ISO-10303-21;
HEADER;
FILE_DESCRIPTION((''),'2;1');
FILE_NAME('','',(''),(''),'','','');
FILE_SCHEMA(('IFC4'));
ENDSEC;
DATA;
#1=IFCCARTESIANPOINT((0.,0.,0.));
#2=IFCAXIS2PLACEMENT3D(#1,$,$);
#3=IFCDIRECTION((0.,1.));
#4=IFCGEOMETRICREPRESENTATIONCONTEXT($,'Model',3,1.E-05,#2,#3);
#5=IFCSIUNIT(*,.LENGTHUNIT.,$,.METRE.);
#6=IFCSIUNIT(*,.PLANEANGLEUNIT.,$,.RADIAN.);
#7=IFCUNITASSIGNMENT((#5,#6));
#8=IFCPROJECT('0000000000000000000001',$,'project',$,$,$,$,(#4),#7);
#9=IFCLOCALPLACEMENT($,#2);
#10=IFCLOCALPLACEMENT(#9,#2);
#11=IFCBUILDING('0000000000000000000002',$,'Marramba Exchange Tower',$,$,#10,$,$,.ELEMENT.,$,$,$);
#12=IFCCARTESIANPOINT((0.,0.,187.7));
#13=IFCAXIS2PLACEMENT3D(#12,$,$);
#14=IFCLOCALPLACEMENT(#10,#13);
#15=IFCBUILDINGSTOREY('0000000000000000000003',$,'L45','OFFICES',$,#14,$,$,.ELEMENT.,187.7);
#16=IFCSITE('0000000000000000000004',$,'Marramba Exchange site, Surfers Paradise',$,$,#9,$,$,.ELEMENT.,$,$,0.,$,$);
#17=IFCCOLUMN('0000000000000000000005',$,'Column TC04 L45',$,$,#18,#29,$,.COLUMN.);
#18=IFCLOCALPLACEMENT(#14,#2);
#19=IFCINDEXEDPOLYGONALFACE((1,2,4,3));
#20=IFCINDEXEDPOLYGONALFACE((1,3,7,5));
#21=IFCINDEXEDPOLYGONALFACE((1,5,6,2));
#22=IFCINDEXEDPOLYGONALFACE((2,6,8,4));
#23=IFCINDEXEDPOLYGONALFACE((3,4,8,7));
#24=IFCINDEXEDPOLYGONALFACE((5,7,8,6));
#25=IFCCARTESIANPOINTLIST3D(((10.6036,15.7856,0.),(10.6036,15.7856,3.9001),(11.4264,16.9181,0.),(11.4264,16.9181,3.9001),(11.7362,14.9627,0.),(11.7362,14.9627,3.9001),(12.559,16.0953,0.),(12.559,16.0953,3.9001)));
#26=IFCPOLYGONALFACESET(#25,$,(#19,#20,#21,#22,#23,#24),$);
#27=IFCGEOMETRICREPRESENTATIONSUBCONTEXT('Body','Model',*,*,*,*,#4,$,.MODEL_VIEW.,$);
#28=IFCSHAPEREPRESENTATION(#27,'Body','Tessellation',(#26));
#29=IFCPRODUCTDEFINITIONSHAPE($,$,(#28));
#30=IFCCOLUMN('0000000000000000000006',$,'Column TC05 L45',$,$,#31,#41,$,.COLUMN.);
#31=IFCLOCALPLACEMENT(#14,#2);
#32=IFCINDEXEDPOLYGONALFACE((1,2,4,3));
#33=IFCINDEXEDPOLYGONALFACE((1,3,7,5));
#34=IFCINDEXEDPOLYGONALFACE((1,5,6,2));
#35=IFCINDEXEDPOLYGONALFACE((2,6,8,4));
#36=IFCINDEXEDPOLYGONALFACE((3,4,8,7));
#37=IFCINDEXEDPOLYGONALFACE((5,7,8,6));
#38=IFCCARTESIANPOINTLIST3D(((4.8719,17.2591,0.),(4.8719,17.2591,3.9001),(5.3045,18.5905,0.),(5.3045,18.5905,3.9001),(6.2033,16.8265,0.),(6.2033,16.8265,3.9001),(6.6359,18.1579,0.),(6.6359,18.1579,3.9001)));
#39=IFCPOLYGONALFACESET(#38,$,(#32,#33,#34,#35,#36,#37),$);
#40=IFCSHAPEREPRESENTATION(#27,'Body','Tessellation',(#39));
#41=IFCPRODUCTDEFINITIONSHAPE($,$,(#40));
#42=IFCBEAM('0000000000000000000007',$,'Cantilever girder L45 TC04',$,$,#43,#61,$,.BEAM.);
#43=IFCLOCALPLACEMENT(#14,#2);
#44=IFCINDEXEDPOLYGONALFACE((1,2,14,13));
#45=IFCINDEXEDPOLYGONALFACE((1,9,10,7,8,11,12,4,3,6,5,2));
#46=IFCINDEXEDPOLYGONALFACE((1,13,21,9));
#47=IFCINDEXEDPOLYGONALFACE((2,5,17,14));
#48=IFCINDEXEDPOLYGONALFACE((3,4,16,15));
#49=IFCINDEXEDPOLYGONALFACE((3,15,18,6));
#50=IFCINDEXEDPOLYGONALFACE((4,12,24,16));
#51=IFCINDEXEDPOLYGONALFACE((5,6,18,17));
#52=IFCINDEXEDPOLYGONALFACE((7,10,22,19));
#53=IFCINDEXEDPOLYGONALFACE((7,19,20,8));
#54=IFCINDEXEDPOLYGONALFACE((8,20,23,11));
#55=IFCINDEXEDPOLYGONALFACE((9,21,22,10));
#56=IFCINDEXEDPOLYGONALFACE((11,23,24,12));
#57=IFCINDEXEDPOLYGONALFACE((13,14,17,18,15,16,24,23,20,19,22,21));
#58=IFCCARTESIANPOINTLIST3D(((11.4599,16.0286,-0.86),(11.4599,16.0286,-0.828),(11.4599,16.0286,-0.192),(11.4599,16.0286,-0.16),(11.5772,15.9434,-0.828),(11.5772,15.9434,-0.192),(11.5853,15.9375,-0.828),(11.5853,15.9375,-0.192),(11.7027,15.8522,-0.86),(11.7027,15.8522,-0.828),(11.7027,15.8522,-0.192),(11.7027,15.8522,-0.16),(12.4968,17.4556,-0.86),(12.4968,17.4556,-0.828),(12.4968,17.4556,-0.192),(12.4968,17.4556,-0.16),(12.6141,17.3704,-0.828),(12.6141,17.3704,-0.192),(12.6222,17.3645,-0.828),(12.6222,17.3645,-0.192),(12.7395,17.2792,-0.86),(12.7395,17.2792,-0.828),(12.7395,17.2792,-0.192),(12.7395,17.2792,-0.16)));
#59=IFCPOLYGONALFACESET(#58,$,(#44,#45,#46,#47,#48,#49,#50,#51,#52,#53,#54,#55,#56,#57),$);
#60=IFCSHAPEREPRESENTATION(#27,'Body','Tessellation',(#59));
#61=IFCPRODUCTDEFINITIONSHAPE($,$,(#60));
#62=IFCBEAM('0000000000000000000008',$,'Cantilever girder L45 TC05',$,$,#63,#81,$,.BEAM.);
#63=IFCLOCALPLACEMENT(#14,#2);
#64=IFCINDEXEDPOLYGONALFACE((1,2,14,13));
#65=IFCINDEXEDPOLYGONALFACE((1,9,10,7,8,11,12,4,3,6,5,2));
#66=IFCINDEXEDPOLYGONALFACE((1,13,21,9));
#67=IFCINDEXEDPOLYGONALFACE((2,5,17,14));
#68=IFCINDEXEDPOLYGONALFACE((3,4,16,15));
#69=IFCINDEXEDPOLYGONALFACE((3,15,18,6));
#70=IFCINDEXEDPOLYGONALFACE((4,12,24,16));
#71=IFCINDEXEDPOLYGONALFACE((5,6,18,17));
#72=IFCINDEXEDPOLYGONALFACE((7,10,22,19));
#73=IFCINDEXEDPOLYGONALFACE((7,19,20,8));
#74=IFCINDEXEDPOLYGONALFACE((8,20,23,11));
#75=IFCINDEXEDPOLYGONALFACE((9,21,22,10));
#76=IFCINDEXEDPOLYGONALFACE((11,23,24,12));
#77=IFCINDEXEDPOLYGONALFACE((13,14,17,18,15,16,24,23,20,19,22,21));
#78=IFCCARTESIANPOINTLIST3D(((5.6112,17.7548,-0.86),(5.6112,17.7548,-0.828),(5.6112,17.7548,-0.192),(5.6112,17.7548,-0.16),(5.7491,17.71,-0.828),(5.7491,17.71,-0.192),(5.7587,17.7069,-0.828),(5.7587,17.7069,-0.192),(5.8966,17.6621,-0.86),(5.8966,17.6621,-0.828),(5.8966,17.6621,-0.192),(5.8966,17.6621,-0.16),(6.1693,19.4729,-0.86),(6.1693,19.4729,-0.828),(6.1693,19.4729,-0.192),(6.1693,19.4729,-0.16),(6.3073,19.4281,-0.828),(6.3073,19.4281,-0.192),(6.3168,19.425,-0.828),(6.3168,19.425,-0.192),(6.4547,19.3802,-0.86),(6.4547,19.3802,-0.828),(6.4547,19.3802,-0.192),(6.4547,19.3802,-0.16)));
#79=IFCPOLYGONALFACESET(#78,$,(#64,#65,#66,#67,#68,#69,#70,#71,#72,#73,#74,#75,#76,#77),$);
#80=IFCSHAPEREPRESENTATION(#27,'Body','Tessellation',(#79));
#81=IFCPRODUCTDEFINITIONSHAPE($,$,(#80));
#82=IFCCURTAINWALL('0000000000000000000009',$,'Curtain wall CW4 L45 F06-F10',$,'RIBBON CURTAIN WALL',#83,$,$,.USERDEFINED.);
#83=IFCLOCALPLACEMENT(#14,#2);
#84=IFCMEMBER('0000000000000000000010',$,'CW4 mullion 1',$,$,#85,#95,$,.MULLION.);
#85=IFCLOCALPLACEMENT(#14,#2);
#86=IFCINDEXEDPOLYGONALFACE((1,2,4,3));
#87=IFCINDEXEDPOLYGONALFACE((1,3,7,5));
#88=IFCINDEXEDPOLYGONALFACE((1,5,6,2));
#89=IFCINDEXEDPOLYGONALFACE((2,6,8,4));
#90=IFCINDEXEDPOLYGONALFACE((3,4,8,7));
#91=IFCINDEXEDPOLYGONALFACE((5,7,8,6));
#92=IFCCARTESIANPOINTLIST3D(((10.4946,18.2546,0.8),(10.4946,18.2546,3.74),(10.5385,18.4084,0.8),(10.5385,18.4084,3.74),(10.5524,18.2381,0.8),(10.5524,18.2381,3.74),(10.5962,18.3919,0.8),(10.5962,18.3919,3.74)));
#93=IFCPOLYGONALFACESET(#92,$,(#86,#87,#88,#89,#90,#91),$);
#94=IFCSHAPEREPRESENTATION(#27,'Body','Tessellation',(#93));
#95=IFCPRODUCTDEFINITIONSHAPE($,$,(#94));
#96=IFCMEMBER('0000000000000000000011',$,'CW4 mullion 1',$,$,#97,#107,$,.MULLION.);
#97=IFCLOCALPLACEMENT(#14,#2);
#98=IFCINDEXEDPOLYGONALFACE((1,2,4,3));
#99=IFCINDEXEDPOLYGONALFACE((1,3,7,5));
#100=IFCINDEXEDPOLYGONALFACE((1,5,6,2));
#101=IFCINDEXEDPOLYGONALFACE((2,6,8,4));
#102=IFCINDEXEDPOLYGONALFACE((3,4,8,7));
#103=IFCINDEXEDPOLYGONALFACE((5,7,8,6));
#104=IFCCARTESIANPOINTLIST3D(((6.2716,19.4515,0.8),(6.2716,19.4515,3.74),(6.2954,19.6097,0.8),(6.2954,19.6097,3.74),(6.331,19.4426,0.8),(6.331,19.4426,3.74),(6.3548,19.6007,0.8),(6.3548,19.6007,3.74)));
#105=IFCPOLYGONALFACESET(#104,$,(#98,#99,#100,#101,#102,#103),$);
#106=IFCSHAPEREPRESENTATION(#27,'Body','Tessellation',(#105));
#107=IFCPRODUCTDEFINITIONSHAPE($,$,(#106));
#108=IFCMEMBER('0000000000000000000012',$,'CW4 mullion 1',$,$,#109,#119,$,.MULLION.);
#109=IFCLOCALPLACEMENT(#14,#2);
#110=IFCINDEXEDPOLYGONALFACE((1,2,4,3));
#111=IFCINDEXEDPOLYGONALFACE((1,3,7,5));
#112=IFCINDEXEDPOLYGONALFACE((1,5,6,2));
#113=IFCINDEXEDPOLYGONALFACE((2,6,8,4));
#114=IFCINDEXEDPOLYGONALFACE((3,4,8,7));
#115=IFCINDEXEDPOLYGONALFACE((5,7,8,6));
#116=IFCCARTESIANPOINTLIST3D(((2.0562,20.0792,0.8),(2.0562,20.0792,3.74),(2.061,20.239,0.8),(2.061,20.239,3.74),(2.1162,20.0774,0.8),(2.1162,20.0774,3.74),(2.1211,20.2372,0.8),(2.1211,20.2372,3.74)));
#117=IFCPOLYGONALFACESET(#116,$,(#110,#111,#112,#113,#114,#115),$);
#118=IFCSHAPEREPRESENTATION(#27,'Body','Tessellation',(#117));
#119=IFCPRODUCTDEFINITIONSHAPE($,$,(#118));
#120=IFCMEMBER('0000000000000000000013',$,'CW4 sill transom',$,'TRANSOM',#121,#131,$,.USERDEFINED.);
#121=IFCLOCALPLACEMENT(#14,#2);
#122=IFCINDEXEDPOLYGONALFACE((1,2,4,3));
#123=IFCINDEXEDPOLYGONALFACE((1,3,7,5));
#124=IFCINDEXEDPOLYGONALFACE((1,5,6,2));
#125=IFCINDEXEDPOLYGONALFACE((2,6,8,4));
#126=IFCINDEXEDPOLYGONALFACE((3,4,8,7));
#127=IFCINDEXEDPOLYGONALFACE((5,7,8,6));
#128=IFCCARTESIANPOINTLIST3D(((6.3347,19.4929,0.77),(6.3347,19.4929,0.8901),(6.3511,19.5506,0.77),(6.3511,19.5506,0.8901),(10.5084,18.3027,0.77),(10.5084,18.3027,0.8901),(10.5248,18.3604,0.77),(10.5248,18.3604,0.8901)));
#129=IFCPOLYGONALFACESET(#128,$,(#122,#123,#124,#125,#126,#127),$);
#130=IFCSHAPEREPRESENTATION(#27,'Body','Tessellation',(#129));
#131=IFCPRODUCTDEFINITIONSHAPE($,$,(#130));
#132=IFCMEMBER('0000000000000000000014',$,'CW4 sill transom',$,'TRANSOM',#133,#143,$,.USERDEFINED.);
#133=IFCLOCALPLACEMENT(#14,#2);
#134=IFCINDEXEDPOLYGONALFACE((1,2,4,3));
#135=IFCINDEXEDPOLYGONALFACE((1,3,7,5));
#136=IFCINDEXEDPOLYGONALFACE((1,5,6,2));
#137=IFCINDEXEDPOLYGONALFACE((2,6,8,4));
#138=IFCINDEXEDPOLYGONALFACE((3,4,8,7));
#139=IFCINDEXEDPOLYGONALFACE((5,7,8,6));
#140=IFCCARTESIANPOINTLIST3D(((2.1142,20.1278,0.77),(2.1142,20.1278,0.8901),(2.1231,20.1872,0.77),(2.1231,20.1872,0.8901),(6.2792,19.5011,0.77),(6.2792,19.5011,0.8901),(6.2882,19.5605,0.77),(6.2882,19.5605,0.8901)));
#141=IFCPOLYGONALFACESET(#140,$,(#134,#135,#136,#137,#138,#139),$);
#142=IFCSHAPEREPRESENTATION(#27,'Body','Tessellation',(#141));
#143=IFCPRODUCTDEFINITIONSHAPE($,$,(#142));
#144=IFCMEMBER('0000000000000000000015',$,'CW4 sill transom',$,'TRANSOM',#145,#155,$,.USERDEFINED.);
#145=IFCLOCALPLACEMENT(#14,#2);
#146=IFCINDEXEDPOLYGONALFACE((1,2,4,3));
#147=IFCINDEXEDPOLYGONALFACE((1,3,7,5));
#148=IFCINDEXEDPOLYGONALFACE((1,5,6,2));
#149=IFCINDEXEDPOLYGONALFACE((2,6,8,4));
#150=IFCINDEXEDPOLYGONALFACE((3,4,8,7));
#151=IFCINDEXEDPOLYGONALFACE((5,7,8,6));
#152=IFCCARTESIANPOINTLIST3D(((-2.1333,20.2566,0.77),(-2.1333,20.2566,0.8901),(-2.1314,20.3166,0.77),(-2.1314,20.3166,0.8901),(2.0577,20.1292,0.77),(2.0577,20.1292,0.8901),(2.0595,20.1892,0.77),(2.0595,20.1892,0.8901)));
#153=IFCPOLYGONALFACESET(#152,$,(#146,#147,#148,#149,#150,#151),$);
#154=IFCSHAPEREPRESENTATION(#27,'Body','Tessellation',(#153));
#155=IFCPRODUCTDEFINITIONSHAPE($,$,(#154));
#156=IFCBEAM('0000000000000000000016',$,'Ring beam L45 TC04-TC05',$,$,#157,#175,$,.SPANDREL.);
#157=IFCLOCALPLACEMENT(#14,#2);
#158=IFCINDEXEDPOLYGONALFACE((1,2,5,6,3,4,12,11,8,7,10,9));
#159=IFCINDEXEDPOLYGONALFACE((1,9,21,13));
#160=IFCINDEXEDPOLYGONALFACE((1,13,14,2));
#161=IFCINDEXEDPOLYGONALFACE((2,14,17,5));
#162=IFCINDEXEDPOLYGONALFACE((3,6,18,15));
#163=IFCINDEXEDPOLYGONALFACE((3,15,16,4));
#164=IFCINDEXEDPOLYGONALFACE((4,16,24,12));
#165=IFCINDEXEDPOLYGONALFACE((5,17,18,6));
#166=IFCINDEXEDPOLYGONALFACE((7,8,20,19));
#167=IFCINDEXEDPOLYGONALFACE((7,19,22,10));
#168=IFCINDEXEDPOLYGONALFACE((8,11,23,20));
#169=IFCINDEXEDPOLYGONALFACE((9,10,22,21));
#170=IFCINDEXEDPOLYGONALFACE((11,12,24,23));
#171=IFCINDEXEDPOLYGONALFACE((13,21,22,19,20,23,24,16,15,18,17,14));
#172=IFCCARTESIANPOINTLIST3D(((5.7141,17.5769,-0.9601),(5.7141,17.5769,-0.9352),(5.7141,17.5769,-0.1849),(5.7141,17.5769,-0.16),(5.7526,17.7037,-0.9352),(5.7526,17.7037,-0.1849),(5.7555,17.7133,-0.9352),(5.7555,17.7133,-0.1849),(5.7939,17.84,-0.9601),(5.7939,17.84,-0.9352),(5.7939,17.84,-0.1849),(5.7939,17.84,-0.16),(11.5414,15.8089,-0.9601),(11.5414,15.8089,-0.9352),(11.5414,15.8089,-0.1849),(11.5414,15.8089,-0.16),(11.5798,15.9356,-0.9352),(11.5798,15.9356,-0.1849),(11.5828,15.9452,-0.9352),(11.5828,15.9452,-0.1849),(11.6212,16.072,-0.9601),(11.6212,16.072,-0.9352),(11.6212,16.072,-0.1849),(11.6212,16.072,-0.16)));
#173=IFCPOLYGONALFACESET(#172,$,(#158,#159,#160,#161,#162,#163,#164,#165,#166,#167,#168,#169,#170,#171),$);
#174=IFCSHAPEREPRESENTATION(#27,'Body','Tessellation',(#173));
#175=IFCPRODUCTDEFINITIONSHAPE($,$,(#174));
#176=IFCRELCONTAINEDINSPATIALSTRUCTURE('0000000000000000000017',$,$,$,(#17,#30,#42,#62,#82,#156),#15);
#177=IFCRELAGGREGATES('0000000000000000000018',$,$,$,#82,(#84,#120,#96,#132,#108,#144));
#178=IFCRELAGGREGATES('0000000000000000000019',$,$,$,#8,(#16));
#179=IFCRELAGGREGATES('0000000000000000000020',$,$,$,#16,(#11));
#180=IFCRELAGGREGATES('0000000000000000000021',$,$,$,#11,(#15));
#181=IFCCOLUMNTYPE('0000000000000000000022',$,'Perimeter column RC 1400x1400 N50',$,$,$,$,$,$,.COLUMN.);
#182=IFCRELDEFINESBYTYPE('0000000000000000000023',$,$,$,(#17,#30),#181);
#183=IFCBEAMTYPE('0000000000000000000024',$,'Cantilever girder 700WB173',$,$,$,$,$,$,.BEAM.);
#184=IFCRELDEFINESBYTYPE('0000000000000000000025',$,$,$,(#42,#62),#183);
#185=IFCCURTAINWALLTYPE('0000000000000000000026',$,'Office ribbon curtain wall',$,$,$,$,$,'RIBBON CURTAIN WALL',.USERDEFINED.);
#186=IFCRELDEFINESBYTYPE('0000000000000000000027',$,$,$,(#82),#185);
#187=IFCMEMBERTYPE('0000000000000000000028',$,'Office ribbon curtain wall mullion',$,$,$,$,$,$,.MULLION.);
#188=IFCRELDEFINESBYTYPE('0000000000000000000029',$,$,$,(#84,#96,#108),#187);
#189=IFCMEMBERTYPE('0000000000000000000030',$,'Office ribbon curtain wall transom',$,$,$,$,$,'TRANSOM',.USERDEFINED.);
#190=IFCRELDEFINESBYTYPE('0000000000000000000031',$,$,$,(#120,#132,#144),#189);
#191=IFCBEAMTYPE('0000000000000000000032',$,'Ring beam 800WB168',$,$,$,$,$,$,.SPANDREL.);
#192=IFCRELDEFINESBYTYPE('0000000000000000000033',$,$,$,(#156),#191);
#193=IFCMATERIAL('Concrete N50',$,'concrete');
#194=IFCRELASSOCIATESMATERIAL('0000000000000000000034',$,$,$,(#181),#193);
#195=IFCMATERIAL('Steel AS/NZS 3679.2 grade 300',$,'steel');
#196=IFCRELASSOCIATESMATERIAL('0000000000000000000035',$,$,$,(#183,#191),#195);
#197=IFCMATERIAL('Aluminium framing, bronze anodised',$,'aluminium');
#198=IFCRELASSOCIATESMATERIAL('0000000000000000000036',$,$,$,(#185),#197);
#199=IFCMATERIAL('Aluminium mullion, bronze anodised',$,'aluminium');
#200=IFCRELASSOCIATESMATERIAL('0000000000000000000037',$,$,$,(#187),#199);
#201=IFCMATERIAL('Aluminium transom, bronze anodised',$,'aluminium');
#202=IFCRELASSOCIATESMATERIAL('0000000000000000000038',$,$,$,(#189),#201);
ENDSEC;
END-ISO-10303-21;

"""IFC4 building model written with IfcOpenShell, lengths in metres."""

from ifc_helpers import new_model, si_unit, direction, frame, origin, origin_2d, place, context, subcontext, project, spatial, rectangle, i_section, extrude, material, material_profile, profile_set, type_object, element, aggregate, save


model = new_model("IFC4")

# Units and contexts
model_context = context("Model", 3, precision=1e-05, world=origin(), true_north=direction((0.0, 1.0)))
body_context = subcontext(model_context, "Body", "Model", "MODEL_VIEW")
ifc_project = project(units=[si_unit("LENGTHUNIT", "METRE"), si_unit("PLANEANGLEUNIT", "RADIAN")], contexts=[model_context])

# Site, building, storey
site_placement = place(None, origin())
site = spatial("IfcSite", under=ifc_project, at=site_placement, Name="Marramba Exchange site, Surfers Paradise", CompositionType="ELEMENT", RefElevation=0.0)
building_placement = place(site_placement, origin())
building = spatial("IfcBuilding", under=site, at=building_placement, Name="Marramba Exchange Tower", CompositionType="ELEMENT")
storey_placement = place(building_placement, frame((0.0, 0.0, 187.7)))
storey = spatial("IfcBuildingStorey", under=building, at=storey_placement, Name="L45", Description="OFFICES", CompositionType="ELEMENT", Elevation=187.7)

# Columns
ifc_material_1 = material(Name="Concrete N50", Category="concrete")
ifc_material_profile_1 = material_profile(ifc_material_1, rectangle(XDim=1.3999, YDim=1.3999, at=origin_2d()), Name="RC 1400x1400")
ifc_profile_set_1 = profile_set([ifc_material_profile_1], Name="Concrete N50")
column_type = type_object("IfcColumnType", Name="Perimeter column RC 1400x1400 N50", PredefinedType="COLUMN", material=ifc_profile_set_1)
for number, where, z_axis, x_axis, name in (
    (1, (11.5813, 15.9404, 0.0), (0.0, 0.0, 1.0), (0.587785, 0.809017, 0.0), "Column TC04 L45"),
    (2, (5.7539, 17.7085, 0.0), (0.0, 0.0, 1.0), (0.309017, 0.951057, 0.0), "Column TC05 L45"),
):
    element("IfcColumn", number, at=place(storey_placement, frame(where, z_axis=z_axis, x_axis=x_axis)), inside=storey, type_object=column_type, Name=name, PredefinedType="COLUMN", context=body_context, shape_type="SweptSolid", body=[
        extrude(rectangle(XDim=1.3999, YDim=1.3999, at=origin_2d()), origin(), (0.0, 0.0, 1.0), 3.9001),
    ])

# Beams
ifc_material_2 = material(Name="Steel AS/NZS 3679.2 grade 300", Category="steel")
ifc_material_profile_2 = material_profile(ifc_material_2, i_section(OverallWidth=0.3, OverallDepth=0.7, WebThickness=0.01, FlangeThickness=0.032, at=origin_2d()), Name="700WB173")
ifc_profile_set_2 = profile_set([ifc_material_profile_2], Name="Steel AS/NZS 3679.2 grade 300")
beam_type_1 = type_object("IfcBeamType", Name="Cantilever girder 700WB173", PredefinedType="BEAM", material=ifc_profile_set_2)
beam_1_placement = place(storey_placement, frame((11.5813, 15.9404, -0.51), z_axis=(0.587818, 0.808993, 0.0), x_axis=(-0.808993, 0.587818, 0.0)))
element("IfcBeam", 3, at=beam_1_placement, inside=storey, type_object=beam_type_1, Name="Cantilever girder L45 TC04", PredefinedType="BEAM", context=body_context, shape_type="SweptSolid", body=[
    extrude(i_section(OverallWidth=0.3, OverallDepth=0.7, WebThickness=0.01, FlangeThickness=0.032, at=origin_2d()), origin(), (0.0, 0.0, 1.0), 1.7639),
])
beam_2_placement = place(storey_placement, frame((5.7539, 17.7085, -0.51), z_axis=(0.308961, 0.951075, 0.0), x_axis=(-0.951075, 0.308961, 0.0)))
element("IfcBeam", 4, at=beam_2_placement, inside=storey, type_object=beam_type_1, Name="Cantilever girder L45 TC05", PredefinedType="BEAM", context=body_context, shape_type="SweptSolid", body=[
    extrude(i_section(OverallWidth=0.3, OverallDepth=0.7, WebThickness=0.01, FlangeThickness=0.032, at=origin_2d()), origin(), (0.0, 0.0, 1.0), 1.8064),
])

# Curtain wall, members
ifc_material_3 = material(Name="Aluminium framing, bronze anodised", Category="aluminium")
curtain_wall_type = type_object("IfcCurtainWallType", Name="Office ribbon curtain wall", ElementType="RIBBON CURTAIN WALL", PredefinedType="USERDEFINED", material=ifc_material_3)
curtain_wall_placement = place(storey_placement, origin())
curtain_wall = element("IfcCurtainWall", 5, at=curtain_wall_placement, inside=storey, type_object=curtain_wall_type, Name="Curtain wall CW4 L45 F06-F10", ObjectType="RIBBON CURTAIN WALL", PredefinedType="USERDEFINED")
ifc_material_4 = material(Name="Aluminium mullion, bronze anodised", Category="aluminium")
ifc_material_profile_3 = material_profile(ifc_material_4, rectangle(XDim=0.1599, YDim=0.0601, at=origin_2d()), Name="CW4 mullion 60x160")
ifc_profile_set_3 = profile_set([ifc_material_profile_3], Name="Aluminium mullion, bronze anodised")
member_type_1 = type_object("IfcMemberType", Name="Office ribbon curtain wall mullion", PredefinedType="MULLION", material=ifc_profile_set_3)
member_1_placement = place(storey_placement, frame((10.5454, 18.3232, 0.8), z_axis=(0.0, 0.0, 1.0), x_axis=(-0.274248, -0.961659, 0.0)))
member_1 = element("IfcMember", 6, at=member_1_placement, type_object=member_type_1, Name="CW4 mullion 1", PredefinedType="MULLION", context=body_context, shape_type="SweptSolid", body=[
    extrude(rectangle(XDim=0.1599, YDim=0.0601, at=origin_2d()), origin(), (0.0, 0.0, 1.0), 2.9399),
])
member_2_placement = place(storey_placement, frame((6.3132, 19.5261, 0.8), z_axis=(0.0, 0.0, 1.0), x_axis=(-0.148795, -0.988868, 0.0)))
member_2 = element("IfcMember", 7, at=member_2_placement, type_object=member_type_1, Name="CW4 mullion 1", PredefinedType="MULLION", context=body_context, shape_type="SweptSolid", body=[
    extrude(rectangle(XDim=0.1599, YDim=0.0601, at=origin_2d()), origin(), (0.0, 0.0, 1.0), 2.9399),
])
member_3_placement = place(storey_placement, frame((2.0886, 20.1582, 0.8), z_axis=(0.0, 0.0, 1.0), x_axis=(-0.030394, -0.999538, 0.0)))
member_3 = element("IfcMember", 8, at=member_3_placement, type_object=member_type_1, Name="CW4 mullion 1", PredefinedType="MULLION", context=body_context, shape_type="SweptSolid", body=[
    extrude(rectangle(XDim=0.1599, YDim=0.0601, at=origin_2d()), origin(), (0.0, 0.0, 1.0), 2.9399),
])
ifc_material_5 = material(Name="Aluminium transom, bronze anodised", Category="aluminium")
ifc_material_profile_4 = material_profile(ifc_material_5, rectangle(XDim=0.0601, YDim=0.1201, at=origin_2d()), Name="CW4 transom 60x120")
ifc_profile_set_4 = profile_set([ifc_material_profile_4], Name="Aluminium transom, bronze anodised")
member_type_2 = type_object("IfcMemberType", Name="Office ribbon curtain wall transom", ElementType="TRANSOM", PredefinedType="USERDEFINED", material=ifc_profile_set_4)
member_4_placement = place(storey_placement, frame((10.5166, 18.3315, 0.8301), z_axis=(-0.961662, 0.274238, 0.0), x_axis=(-0.274238, -0.961662, 0.0)))
member_4 = element("IfcMember", 9, at=member_4_placement, type_object=member_type_2, Name="CW4 sill transom", ObjectType="TRANSOM", PredefinedType="USERDEFINED", context=body_context, shape_type="SweptSolid", body=[
    extrude(rectangle(XDim=0.0601, YDim=0.1201, at=origin_2d()), origin(), (0.0, 0.0, 1.0), 4.3401),
])
member_5_placement = place(storey_placement, frame((6.2837, 19.5308, 0.8301), z_axis=(-0.988868, 0.148794, 0.0), x_axis=(-0.148794, -0.988868, 0.0)))
member_5 = element("IfcMember", 10, at=member_5_placement, type_object=member_type_2, Name="CW4 sill transom", ObjectType="TRANSOM", PredefinedType="USERDEFINED", context=body_context, shape_type="SweptSolid", body=[
    extrude(rectangle(XDim=0.0601, YDim=0.1201, at=origin_2d()), origin(), (0.0, 0.0, 1.0), 4.2119),
])
member_6_placement = place(storey_placement, frame((2.0586, 20.1592, 0.8301), z_axis=(-0.999538, 0.030395, 0.0), x_axis=(-0.030395, -0.999538, 0.0)))
member_6 = element("IfcMember", 11, at=member_6_placement, type_object=member_type_2, Name="CW4 sill transom", ObjectType="TRANSOM", PredefinedType="USERDEFINED", context=body_context, shape_type="SweptSolid", body=[
    extrude(rectangle(XDim=0.0601, YDim=0.1201, at=origin_2d()), origin(), (0.0, 0.0, 1.0), 4.1929),
])

# Beam
ifc_material_profile_5 = material_profile(ifc_material_2, i_section(OverallWidth=0.2749, OverallDepth=0.8, WebThickness=0.01, FlangeThickness=0.0249, at=origin_2d()), Name="800WB168")
ifc_profile_set_5 = profile_set([ifc_material_profile_5], Name="Steel AS/NZS 3679.2 grade 300")
beam_type_2 = type_object("IfcBeamType", Name="Ring beam 800WB168", PredefinedType="SPANDREL", material=ifc_profile_set_5)
beam_3_placement = place(storey_placement, frame((11.5813, 15.9404, -0.5601), z_axis=(-0.956925, 0.290337, 0.0), x_axis=(-0.290337, -0.956925, 0.0)))
element("IfcBeam", 12, at=beam_3_placement, inside=storey, type_object=beam_type_2, Name="Ring beam L45 TC04-TC05", PredefinedType="SPANDREL", context=body_context, shape_type="SweptSolid", body=[
    extrude(i_section(OverallWidth=0.2749, OverallDepth=0.8, WebThickness=0.01, FlangeThickness=0.0249, at=origin_2d()), origin(), (0.0, 0.0, 1.0), 6.0896),
])

aggregate(curtain_wall, [member_1, member_4, member_2, member_5, member_3, member_6])

save(model, "model.ifc")
